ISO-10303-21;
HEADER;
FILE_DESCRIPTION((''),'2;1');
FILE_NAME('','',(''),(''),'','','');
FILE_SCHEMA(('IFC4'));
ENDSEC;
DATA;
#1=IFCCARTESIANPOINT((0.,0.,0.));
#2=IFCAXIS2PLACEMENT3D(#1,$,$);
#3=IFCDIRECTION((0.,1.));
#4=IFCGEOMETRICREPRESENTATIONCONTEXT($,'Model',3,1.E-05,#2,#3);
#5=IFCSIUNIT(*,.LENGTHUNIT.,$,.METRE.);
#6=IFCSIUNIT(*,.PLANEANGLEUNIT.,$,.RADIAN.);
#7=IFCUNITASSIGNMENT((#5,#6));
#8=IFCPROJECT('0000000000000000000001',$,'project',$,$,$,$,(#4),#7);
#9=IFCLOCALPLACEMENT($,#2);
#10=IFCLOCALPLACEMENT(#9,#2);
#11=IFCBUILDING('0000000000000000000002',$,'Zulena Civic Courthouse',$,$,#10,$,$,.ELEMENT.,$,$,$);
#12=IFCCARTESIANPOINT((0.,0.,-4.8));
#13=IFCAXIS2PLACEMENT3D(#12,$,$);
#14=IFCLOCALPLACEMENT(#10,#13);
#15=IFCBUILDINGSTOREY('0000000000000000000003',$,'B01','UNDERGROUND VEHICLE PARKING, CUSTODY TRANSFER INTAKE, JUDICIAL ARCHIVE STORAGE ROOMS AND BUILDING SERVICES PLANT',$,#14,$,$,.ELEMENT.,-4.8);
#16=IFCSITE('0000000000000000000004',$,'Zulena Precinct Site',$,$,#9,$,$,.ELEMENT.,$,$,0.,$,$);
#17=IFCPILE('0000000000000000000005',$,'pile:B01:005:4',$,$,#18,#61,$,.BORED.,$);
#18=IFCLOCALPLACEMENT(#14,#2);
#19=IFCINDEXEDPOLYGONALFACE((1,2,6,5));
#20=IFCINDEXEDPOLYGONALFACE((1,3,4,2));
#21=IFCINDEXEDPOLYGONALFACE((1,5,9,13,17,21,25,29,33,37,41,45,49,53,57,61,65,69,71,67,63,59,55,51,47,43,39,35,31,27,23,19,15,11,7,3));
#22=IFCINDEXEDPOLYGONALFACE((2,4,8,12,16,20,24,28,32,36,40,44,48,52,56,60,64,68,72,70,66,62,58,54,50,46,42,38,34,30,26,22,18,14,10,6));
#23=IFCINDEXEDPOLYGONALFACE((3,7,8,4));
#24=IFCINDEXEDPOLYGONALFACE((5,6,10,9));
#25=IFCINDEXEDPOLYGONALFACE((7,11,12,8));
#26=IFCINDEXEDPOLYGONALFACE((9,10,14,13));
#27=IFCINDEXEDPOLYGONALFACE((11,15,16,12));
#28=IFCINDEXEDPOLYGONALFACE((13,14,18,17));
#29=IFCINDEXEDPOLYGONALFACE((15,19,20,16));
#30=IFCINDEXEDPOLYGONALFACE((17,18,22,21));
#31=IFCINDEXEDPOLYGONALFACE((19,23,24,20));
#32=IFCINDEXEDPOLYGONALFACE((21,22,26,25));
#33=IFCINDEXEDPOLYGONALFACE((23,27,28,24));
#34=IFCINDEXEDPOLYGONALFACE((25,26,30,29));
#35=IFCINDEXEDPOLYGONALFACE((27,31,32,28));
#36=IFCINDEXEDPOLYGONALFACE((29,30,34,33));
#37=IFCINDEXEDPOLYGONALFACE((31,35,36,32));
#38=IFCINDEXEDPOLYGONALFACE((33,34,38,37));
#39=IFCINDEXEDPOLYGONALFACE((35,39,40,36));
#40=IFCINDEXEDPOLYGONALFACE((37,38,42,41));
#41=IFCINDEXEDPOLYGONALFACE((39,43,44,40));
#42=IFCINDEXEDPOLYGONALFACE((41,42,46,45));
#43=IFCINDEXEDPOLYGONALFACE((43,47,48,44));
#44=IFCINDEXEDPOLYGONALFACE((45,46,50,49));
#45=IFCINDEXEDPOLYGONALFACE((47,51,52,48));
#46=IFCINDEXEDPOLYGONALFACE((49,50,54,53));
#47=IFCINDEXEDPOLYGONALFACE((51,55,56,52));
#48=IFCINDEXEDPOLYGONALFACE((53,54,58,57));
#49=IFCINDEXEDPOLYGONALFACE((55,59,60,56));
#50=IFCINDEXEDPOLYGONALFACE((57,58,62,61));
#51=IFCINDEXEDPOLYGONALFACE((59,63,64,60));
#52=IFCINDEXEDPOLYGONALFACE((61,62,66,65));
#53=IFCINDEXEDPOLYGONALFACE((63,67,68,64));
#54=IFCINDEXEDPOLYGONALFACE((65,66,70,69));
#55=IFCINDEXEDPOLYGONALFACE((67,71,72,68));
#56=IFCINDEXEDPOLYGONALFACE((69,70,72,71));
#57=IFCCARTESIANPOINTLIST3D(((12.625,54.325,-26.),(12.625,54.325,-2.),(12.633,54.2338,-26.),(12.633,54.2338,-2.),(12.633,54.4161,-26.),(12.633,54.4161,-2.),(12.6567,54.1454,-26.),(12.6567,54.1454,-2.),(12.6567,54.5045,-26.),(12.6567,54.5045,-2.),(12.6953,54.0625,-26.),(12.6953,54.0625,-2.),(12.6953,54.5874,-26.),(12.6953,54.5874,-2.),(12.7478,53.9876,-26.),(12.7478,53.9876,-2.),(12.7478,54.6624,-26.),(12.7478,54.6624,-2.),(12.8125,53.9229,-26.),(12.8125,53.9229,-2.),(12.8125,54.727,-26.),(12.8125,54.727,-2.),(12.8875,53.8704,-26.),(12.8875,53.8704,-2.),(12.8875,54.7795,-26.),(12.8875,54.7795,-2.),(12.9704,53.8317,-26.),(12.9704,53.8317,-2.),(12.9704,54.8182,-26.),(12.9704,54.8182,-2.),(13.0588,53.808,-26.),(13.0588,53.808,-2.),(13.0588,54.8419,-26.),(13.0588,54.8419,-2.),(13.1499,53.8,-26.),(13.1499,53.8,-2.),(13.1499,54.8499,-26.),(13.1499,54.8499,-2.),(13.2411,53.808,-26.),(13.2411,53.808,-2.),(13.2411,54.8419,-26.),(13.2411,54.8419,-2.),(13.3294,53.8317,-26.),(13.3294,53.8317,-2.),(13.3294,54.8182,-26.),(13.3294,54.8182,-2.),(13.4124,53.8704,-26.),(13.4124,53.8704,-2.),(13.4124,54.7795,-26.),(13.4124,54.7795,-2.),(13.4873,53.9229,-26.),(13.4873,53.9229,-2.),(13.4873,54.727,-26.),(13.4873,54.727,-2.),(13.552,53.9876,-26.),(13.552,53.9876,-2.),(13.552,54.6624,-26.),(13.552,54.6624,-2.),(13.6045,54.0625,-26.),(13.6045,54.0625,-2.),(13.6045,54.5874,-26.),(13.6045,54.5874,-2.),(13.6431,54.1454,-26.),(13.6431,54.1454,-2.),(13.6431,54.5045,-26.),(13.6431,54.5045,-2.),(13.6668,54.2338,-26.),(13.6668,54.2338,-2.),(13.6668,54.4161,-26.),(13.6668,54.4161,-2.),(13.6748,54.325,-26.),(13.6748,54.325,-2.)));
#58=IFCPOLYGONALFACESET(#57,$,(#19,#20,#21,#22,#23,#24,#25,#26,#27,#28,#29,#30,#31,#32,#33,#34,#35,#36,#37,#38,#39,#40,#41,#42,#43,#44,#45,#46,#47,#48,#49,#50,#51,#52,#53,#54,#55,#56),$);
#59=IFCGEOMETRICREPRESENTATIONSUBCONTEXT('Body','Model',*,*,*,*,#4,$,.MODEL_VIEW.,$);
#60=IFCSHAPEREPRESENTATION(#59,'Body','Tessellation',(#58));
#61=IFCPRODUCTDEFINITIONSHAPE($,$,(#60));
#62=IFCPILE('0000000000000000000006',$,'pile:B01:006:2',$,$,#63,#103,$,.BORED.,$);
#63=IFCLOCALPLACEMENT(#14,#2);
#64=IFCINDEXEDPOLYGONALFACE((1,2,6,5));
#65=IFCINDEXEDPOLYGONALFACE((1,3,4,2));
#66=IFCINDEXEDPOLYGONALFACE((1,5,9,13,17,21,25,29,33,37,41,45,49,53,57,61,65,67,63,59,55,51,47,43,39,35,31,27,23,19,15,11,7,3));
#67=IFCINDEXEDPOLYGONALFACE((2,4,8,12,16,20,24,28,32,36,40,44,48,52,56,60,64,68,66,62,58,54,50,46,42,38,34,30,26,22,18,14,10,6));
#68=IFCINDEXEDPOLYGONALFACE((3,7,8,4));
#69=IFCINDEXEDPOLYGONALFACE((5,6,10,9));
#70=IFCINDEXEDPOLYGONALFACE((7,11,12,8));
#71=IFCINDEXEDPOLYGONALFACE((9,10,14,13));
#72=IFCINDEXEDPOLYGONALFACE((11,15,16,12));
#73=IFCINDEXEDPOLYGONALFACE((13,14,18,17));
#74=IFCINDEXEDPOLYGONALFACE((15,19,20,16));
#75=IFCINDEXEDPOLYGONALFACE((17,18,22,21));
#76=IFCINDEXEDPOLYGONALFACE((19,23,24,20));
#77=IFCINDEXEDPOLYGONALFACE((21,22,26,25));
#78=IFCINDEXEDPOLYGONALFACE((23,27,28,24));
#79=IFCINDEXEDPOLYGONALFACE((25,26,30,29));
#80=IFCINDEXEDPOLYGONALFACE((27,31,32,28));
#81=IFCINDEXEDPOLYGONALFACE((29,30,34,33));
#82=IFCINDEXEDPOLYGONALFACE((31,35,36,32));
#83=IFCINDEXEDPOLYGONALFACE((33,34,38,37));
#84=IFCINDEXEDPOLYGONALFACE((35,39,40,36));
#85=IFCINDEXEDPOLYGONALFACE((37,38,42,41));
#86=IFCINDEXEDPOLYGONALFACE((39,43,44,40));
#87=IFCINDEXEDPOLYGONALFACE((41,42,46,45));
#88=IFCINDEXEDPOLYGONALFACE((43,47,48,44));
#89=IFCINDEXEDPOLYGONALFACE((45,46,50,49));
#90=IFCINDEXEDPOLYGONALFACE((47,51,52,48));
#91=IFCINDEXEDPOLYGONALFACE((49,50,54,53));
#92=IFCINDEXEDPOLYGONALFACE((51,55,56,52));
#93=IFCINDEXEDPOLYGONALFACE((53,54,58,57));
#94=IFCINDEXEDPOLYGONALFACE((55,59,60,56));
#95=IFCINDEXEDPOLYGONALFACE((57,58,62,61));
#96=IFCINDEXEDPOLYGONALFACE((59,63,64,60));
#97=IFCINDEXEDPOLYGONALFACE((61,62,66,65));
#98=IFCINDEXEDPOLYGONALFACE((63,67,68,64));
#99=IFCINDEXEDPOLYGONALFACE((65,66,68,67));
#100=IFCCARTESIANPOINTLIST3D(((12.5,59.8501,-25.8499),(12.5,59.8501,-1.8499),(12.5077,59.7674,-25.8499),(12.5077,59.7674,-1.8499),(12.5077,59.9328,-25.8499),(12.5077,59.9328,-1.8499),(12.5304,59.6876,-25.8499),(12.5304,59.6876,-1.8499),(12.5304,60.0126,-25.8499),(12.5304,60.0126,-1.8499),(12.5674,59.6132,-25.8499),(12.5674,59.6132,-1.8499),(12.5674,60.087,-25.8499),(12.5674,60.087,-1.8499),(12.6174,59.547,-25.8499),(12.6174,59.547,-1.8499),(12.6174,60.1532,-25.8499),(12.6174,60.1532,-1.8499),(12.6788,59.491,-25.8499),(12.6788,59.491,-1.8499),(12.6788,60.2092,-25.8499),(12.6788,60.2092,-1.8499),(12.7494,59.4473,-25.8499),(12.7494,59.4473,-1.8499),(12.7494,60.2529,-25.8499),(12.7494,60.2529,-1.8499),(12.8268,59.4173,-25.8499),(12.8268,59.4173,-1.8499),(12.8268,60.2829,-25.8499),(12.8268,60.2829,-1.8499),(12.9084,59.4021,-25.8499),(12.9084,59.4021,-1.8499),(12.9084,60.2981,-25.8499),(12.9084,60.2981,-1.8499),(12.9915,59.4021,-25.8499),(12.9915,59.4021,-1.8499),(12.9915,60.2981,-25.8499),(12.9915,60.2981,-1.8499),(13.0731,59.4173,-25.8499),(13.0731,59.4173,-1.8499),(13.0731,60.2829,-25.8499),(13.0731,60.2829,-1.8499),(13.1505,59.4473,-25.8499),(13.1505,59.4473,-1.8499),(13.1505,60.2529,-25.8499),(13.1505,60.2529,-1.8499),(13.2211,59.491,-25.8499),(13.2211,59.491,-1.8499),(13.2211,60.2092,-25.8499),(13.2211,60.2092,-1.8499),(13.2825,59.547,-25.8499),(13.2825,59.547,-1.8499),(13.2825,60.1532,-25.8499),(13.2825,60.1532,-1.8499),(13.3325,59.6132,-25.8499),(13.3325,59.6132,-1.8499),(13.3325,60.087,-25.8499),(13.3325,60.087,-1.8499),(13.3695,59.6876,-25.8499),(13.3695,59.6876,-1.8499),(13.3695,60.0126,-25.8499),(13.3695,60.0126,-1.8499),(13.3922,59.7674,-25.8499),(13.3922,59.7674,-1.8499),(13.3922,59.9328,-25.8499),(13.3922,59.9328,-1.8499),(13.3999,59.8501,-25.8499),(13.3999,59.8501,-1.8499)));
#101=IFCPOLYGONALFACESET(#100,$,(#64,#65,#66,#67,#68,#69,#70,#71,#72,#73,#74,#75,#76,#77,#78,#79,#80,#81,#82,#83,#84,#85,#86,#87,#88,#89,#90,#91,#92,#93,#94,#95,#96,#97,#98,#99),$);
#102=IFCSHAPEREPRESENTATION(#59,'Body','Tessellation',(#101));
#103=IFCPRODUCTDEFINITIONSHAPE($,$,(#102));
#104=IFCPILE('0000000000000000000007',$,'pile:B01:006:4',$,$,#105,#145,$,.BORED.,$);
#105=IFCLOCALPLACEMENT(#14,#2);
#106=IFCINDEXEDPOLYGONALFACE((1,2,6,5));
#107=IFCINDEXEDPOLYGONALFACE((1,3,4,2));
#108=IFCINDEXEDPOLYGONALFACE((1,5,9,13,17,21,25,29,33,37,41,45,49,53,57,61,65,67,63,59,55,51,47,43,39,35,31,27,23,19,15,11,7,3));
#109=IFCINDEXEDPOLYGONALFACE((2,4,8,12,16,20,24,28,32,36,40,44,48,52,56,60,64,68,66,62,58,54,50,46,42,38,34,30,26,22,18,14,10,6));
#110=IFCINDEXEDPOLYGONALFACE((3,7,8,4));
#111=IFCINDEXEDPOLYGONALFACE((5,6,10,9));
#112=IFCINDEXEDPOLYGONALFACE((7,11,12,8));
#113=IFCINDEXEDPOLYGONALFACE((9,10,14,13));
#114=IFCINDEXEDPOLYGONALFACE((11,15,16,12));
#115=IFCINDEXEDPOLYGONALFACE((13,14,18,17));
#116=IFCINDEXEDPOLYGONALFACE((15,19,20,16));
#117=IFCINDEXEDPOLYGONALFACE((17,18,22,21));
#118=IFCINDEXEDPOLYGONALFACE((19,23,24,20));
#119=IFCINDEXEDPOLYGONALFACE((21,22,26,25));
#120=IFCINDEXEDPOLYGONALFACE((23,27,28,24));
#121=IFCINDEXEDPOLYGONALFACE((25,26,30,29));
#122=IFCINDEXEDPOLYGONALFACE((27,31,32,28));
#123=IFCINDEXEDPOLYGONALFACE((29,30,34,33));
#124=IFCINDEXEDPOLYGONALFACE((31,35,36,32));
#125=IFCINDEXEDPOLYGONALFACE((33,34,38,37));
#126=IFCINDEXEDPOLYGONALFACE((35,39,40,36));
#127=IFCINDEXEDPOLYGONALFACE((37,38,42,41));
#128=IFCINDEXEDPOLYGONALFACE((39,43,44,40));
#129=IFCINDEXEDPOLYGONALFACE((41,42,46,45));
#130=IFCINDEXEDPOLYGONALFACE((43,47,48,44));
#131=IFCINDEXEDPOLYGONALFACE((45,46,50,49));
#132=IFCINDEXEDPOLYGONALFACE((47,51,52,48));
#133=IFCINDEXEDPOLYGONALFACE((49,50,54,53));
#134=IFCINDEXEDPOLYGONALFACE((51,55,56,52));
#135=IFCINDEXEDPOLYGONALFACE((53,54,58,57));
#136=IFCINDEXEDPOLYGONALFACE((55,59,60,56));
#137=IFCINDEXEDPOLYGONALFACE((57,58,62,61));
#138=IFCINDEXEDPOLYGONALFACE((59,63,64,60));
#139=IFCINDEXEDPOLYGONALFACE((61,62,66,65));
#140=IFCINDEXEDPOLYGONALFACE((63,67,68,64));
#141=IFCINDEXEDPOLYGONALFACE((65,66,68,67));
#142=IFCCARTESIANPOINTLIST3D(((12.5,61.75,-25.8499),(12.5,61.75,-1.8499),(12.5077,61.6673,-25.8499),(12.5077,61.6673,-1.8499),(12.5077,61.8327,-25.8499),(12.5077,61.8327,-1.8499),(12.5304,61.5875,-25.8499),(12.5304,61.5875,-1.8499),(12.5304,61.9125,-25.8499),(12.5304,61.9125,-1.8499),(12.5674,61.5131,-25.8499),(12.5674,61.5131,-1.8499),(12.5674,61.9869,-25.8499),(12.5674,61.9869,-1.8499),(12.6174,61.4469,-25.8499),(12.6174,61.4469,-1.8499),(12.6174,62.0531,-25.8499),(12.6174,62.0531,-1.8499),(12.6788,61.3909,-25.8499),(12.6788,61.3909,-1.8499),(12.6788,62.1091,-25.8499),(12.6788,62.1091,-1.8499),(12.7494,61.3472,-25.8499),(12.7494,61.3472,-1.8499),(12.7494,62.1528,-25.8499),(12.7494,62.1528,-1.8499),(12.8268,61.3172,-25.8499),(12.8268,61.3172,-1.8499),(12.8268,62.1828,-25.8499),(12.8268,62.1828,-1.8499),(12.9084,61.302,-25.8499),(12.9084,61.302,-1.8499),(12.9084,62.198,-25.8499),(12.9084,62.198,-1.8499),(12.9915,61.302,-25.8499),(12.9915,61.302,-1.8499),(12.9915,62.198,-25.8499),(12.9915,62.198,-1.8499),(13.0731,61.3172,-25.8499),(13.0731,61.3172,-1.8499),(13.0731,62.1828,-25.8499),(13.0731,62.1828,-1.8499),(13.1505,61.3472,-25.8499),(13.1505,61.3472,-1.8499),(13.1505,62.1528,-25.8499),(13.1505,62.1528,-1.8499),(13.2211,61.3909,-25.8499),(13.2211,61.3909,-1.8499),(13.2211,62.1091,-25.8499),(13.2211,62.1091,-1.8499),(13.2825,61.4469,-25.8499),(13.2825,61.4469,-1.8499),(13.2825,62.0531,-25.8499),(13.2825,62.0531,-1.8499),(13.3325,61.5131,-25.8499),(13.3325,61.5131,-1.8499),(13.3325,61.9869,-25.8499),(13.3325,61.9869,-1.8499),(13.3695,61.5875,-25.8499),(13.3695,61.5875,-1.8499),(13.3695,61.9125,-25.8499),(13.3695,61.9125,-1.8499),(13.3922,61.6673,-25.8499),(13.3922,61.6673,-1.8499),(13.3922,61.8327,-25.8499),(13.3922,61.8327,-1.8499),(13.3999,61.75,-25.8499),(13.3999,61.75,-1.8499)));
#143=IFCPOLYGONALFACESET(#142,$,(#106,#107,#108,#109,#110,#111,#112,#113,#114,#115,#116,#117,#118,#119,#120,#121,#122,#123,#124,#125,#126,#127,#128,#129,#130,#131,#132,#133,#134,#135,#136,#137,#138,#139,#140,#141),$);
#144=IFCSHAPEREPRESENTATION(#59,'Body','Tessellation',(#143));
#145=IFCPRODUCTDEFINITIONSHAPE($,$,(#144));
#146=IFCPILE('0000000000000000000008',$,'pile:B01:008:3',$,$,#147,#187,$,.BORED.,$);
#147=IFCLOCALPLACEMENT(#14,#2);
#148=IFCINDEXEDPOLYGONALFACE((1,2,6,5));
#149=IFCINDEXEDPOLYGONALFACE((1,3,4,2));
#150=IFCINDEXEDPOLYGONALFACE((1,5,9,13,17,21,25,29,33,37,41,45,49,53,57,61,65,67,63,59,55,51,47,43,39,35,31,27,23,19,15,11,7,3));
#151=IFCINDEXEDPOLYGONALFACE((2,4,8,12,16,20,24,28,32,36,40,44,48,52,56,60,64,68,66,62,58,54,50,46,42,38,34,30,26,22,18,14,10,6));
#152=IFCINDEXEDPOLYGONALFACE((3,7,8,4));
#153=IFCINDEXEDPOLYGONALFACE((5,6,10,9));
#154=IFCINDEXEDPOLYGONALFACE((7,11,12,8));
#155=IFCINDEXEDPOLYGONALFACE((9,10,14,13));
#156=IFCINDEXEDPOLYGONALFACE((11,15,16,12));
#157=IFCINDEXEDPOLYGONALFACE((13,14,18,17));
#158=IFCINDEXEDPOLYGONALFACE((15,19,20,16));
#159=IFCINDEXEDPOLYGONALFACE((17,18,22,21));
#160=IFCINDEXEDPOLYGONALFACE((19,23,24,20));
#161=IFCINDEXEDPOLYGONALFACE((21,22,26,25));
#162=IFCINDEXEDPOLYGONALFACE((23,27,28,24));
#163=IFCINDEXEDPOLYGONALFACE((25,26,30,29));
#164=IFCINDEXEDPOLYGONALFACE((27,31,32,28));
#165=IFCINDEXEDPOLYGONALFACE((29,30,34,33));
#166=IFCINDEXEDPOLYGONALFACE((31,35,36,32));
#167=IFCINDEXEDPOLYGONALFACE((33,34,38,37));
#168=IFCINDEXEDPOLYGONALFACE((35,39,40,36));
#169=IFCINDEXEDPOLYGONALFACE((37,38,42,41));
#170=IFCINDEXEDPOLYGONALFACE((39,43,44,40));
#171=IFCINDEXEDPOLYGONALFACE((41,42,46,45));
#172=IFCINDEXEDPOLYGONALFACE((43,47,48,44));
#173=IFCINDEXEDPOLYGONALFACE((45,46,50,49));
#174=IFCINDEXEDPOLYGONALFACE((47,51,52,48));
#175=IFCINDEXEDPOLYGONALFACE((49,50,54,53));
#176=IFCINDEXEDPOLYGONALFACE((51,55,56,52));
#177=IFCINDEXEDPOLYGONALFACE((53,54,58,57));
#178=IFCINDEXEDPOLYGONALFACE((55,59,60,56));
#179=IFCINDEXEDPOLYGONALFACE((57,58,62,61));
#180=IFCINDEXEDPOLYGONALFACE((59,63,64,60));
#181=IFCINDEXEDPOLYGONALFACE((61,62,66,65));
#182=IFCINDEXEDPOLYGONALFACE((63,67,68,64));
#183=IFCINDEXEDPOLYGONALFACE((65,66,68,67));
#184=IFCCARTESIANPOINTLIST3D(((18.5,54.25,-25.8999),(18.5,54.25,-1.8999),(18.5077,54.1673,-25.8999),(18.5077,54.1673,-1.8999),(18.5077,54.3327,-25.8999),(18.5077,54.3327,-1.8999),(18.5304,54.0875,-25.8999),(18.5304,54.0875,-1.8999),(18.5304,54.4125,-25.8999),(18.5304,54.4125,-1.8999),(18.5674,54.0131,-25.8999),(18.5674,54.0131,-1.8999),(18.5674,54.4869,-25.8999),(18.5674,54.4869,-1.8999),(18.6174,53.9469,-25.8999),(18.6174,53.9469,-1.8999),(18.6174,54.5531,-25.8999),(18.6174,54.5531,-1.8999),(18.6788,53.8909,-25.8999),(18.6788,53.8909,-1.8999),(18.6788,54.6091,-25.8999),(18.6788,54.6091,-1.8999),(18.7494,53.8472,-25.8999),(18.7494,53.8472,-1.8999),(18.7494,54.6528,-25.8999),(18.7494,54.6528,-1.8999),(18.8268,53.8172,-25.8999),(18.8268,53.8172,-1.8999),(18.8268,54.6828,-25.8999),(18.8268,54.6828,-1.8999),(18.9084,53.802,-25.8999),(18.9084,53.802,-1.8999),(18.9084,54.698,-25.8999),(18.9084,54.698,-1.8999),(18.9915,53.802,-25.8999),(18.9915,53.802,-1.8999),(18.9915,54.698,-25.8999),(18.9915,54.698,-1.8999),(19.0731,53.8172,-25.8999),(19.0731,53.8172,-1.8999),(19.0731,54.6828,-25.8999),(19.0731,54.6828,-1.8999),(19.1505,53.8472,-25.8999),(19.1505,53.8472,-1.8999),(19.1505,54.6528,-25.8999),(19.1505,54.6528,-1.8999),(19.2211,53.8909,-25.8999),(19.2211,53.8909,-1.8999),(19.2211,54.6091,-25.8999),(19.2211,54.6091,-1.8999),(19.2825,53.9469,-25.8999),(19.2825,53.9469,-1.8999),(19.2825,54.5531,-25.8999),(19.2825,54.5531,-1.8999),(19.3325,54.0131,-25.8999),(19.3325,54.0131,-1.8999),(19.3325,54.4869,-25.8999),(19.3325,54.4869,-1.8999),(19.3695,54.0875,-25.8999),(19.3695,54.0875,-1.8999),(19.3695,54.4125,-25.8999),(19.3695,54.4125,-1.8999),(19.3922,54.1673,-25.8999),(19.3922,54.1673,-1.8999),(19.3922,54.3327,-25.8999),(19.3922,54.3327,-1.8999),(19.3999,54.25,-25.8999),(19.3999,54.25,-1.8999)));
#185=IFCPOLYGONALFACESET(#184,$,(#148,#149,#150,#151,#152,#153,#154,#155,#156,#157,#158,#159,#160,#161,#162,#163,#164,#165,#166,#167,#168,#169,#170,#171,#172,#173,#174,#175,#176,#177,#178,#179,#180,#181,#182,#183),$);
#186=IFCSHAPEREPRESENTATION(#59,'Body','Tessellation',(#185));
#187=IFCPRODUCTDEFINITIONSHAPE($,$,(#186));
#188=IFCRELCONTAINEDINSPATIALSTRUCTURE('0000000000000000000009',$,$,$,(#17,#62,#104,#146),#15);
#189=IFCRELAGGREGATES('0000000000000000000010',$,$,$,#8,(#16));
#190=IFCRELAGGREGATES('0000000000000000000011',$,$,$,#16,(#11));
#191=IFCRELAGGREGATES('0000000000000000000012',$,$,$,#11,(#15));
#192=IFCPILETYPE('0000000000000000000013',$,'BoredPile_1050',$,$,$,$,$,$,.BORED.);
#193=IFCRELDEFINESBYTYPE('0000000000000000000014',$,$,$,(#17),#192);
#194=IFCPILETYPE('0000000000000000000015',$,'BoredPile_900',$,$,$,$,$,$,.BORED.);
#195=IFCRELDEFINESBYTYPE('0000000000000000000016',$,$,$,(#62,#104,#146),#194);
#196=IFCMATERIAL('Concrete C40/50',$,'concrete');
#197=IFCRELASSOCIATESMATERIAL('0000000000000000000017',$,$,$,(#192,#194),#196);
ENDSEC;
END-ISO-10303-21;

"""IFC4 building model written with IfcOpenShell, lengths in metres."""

from ifc_helpers import new_model, si_unit, direction, frame, origin, origin_2d, place, context, subcontext, project, spatial, circle, extrude, material, material_profile, profile_set, type_object, element, save


model = new_model("IFC4")

# Units and contexts
model_context = context("Model", 3, precision=1e-05, world=origin(), true_north=direction((0.0, 1.0)))
body_context = subcontext(model_context, "Body", "Model", "MODEL_VIEW")
ifc_project = project(units=[si_unit("LENGTHUNIT", "METRE"), si_unit("PLANEANGLEUNIT", "RADIAN")], contexts=[model_context])

# Site, building, storey
site_placement = place(None, origin())
site = spatial("IfcSite", under=ifc_project, at=site_placement, Name="Zulena Precinct Site", CompositionType="ELEMENT", RefElevation=0.0)
building_placement = place(site_placement, origin())
building = spatial("IfcBuilding", under=site, at=building_placement, Name="Zulena Civic Courthouse", CompositionType="ELEMENT")
storey_placement = place(building_placement, frame((0.0, 0.0, -4.8)))
storey = spatial("IfcBuildingStorey", under=building, at=storey_placement, Name="B01", Description="UNDERGROUND VEHICLE PARKING, CUSTODY TRANSFER INTAKE, JUDICIAL ARCHIVE STORAGE ROOMS AND BUILDING SERVICES PLANT", CompositionType="ELEMENT", Elevation=-4.8)

# Piles
ifc_material_1 = material(Name="Concrete C40/50", Category="concrete")
ifc_material_profile_1 = material_profile(ifc_material_1, circle(Radius=0.5249, at=origin_2d()), Name="PILE1050")
ifc_profile_set_1 = profile_set([ifc_material_profile_1], Name="Concrete C40/50")
pile_type_1 = type_object("IfcPileType", Name="BoredPile_1050", PredefinedType="BORED", material=ifc_profile_set_1)
pile_placement = place(storey_placement, frame((13.1499, 54.325, -2.0), z_axis=(0.0, 0.0, -1.0), x_axis=(1.0, 0.0, 0.0)))
element("IfcPile", 1, at=pile_placement, inside=storey, type_object=pile_type_1, Name="pile:B01:005:4", PredefinedType="BORED", context=body_context, shape_type="SweptSolid", body=[
    extrude(circle(Radius=0.5249, at=origin_2d()), origin(), (0.0, 0.0, 1.0), 24.0),
])
ifc_material_profile_2 = material_profile(ifc_material_1, circle(Radius=0.45, at=origin_2d()), Name="PILE900")
ifc_profile_set_2 = profile_set([ifc_material_profile_2], Name="Concrete C40/50")
pile_type_2 = type_object("IfcPileType", Name="BoredPile_900", PredefinedType="BORED", material=ifc_profile_set_2)
for number, where, z_axis, x_axis, name in (
    (2, (12.95, 59.8501, -1.8499), (0.0, 0.0, -1.0), (1.0, 0.0, 0.0), "pile:B01:006:2"),
    (3, (12.95, 61.75, -1.8499), (0.0, 0.0, -1.0), (1.0, 0.0, 0.0), "pile:B01:006:4"),
    (4, (18.95, 54.25, -1.8999), (0.0, 0.0, -1.0), (1.0, 0.0, 0.0), "pile:B01:008:3"),
):
    element("IfcPile", number, at=place(storey_placement, frame(where, z_axis=z_axis, x_axis=x_axis)), inside=storey, type_object=pile_type_2, Name=name, PredefinedType="BORED", context=body_context, shape_type="SweptSolid", body=[
        extrude(circle(Radius=0.45, at=origin_2d()), origin(), (0.0, 0.0, 1.0), 24.0),
    ])

save(model, "model.ifc")
